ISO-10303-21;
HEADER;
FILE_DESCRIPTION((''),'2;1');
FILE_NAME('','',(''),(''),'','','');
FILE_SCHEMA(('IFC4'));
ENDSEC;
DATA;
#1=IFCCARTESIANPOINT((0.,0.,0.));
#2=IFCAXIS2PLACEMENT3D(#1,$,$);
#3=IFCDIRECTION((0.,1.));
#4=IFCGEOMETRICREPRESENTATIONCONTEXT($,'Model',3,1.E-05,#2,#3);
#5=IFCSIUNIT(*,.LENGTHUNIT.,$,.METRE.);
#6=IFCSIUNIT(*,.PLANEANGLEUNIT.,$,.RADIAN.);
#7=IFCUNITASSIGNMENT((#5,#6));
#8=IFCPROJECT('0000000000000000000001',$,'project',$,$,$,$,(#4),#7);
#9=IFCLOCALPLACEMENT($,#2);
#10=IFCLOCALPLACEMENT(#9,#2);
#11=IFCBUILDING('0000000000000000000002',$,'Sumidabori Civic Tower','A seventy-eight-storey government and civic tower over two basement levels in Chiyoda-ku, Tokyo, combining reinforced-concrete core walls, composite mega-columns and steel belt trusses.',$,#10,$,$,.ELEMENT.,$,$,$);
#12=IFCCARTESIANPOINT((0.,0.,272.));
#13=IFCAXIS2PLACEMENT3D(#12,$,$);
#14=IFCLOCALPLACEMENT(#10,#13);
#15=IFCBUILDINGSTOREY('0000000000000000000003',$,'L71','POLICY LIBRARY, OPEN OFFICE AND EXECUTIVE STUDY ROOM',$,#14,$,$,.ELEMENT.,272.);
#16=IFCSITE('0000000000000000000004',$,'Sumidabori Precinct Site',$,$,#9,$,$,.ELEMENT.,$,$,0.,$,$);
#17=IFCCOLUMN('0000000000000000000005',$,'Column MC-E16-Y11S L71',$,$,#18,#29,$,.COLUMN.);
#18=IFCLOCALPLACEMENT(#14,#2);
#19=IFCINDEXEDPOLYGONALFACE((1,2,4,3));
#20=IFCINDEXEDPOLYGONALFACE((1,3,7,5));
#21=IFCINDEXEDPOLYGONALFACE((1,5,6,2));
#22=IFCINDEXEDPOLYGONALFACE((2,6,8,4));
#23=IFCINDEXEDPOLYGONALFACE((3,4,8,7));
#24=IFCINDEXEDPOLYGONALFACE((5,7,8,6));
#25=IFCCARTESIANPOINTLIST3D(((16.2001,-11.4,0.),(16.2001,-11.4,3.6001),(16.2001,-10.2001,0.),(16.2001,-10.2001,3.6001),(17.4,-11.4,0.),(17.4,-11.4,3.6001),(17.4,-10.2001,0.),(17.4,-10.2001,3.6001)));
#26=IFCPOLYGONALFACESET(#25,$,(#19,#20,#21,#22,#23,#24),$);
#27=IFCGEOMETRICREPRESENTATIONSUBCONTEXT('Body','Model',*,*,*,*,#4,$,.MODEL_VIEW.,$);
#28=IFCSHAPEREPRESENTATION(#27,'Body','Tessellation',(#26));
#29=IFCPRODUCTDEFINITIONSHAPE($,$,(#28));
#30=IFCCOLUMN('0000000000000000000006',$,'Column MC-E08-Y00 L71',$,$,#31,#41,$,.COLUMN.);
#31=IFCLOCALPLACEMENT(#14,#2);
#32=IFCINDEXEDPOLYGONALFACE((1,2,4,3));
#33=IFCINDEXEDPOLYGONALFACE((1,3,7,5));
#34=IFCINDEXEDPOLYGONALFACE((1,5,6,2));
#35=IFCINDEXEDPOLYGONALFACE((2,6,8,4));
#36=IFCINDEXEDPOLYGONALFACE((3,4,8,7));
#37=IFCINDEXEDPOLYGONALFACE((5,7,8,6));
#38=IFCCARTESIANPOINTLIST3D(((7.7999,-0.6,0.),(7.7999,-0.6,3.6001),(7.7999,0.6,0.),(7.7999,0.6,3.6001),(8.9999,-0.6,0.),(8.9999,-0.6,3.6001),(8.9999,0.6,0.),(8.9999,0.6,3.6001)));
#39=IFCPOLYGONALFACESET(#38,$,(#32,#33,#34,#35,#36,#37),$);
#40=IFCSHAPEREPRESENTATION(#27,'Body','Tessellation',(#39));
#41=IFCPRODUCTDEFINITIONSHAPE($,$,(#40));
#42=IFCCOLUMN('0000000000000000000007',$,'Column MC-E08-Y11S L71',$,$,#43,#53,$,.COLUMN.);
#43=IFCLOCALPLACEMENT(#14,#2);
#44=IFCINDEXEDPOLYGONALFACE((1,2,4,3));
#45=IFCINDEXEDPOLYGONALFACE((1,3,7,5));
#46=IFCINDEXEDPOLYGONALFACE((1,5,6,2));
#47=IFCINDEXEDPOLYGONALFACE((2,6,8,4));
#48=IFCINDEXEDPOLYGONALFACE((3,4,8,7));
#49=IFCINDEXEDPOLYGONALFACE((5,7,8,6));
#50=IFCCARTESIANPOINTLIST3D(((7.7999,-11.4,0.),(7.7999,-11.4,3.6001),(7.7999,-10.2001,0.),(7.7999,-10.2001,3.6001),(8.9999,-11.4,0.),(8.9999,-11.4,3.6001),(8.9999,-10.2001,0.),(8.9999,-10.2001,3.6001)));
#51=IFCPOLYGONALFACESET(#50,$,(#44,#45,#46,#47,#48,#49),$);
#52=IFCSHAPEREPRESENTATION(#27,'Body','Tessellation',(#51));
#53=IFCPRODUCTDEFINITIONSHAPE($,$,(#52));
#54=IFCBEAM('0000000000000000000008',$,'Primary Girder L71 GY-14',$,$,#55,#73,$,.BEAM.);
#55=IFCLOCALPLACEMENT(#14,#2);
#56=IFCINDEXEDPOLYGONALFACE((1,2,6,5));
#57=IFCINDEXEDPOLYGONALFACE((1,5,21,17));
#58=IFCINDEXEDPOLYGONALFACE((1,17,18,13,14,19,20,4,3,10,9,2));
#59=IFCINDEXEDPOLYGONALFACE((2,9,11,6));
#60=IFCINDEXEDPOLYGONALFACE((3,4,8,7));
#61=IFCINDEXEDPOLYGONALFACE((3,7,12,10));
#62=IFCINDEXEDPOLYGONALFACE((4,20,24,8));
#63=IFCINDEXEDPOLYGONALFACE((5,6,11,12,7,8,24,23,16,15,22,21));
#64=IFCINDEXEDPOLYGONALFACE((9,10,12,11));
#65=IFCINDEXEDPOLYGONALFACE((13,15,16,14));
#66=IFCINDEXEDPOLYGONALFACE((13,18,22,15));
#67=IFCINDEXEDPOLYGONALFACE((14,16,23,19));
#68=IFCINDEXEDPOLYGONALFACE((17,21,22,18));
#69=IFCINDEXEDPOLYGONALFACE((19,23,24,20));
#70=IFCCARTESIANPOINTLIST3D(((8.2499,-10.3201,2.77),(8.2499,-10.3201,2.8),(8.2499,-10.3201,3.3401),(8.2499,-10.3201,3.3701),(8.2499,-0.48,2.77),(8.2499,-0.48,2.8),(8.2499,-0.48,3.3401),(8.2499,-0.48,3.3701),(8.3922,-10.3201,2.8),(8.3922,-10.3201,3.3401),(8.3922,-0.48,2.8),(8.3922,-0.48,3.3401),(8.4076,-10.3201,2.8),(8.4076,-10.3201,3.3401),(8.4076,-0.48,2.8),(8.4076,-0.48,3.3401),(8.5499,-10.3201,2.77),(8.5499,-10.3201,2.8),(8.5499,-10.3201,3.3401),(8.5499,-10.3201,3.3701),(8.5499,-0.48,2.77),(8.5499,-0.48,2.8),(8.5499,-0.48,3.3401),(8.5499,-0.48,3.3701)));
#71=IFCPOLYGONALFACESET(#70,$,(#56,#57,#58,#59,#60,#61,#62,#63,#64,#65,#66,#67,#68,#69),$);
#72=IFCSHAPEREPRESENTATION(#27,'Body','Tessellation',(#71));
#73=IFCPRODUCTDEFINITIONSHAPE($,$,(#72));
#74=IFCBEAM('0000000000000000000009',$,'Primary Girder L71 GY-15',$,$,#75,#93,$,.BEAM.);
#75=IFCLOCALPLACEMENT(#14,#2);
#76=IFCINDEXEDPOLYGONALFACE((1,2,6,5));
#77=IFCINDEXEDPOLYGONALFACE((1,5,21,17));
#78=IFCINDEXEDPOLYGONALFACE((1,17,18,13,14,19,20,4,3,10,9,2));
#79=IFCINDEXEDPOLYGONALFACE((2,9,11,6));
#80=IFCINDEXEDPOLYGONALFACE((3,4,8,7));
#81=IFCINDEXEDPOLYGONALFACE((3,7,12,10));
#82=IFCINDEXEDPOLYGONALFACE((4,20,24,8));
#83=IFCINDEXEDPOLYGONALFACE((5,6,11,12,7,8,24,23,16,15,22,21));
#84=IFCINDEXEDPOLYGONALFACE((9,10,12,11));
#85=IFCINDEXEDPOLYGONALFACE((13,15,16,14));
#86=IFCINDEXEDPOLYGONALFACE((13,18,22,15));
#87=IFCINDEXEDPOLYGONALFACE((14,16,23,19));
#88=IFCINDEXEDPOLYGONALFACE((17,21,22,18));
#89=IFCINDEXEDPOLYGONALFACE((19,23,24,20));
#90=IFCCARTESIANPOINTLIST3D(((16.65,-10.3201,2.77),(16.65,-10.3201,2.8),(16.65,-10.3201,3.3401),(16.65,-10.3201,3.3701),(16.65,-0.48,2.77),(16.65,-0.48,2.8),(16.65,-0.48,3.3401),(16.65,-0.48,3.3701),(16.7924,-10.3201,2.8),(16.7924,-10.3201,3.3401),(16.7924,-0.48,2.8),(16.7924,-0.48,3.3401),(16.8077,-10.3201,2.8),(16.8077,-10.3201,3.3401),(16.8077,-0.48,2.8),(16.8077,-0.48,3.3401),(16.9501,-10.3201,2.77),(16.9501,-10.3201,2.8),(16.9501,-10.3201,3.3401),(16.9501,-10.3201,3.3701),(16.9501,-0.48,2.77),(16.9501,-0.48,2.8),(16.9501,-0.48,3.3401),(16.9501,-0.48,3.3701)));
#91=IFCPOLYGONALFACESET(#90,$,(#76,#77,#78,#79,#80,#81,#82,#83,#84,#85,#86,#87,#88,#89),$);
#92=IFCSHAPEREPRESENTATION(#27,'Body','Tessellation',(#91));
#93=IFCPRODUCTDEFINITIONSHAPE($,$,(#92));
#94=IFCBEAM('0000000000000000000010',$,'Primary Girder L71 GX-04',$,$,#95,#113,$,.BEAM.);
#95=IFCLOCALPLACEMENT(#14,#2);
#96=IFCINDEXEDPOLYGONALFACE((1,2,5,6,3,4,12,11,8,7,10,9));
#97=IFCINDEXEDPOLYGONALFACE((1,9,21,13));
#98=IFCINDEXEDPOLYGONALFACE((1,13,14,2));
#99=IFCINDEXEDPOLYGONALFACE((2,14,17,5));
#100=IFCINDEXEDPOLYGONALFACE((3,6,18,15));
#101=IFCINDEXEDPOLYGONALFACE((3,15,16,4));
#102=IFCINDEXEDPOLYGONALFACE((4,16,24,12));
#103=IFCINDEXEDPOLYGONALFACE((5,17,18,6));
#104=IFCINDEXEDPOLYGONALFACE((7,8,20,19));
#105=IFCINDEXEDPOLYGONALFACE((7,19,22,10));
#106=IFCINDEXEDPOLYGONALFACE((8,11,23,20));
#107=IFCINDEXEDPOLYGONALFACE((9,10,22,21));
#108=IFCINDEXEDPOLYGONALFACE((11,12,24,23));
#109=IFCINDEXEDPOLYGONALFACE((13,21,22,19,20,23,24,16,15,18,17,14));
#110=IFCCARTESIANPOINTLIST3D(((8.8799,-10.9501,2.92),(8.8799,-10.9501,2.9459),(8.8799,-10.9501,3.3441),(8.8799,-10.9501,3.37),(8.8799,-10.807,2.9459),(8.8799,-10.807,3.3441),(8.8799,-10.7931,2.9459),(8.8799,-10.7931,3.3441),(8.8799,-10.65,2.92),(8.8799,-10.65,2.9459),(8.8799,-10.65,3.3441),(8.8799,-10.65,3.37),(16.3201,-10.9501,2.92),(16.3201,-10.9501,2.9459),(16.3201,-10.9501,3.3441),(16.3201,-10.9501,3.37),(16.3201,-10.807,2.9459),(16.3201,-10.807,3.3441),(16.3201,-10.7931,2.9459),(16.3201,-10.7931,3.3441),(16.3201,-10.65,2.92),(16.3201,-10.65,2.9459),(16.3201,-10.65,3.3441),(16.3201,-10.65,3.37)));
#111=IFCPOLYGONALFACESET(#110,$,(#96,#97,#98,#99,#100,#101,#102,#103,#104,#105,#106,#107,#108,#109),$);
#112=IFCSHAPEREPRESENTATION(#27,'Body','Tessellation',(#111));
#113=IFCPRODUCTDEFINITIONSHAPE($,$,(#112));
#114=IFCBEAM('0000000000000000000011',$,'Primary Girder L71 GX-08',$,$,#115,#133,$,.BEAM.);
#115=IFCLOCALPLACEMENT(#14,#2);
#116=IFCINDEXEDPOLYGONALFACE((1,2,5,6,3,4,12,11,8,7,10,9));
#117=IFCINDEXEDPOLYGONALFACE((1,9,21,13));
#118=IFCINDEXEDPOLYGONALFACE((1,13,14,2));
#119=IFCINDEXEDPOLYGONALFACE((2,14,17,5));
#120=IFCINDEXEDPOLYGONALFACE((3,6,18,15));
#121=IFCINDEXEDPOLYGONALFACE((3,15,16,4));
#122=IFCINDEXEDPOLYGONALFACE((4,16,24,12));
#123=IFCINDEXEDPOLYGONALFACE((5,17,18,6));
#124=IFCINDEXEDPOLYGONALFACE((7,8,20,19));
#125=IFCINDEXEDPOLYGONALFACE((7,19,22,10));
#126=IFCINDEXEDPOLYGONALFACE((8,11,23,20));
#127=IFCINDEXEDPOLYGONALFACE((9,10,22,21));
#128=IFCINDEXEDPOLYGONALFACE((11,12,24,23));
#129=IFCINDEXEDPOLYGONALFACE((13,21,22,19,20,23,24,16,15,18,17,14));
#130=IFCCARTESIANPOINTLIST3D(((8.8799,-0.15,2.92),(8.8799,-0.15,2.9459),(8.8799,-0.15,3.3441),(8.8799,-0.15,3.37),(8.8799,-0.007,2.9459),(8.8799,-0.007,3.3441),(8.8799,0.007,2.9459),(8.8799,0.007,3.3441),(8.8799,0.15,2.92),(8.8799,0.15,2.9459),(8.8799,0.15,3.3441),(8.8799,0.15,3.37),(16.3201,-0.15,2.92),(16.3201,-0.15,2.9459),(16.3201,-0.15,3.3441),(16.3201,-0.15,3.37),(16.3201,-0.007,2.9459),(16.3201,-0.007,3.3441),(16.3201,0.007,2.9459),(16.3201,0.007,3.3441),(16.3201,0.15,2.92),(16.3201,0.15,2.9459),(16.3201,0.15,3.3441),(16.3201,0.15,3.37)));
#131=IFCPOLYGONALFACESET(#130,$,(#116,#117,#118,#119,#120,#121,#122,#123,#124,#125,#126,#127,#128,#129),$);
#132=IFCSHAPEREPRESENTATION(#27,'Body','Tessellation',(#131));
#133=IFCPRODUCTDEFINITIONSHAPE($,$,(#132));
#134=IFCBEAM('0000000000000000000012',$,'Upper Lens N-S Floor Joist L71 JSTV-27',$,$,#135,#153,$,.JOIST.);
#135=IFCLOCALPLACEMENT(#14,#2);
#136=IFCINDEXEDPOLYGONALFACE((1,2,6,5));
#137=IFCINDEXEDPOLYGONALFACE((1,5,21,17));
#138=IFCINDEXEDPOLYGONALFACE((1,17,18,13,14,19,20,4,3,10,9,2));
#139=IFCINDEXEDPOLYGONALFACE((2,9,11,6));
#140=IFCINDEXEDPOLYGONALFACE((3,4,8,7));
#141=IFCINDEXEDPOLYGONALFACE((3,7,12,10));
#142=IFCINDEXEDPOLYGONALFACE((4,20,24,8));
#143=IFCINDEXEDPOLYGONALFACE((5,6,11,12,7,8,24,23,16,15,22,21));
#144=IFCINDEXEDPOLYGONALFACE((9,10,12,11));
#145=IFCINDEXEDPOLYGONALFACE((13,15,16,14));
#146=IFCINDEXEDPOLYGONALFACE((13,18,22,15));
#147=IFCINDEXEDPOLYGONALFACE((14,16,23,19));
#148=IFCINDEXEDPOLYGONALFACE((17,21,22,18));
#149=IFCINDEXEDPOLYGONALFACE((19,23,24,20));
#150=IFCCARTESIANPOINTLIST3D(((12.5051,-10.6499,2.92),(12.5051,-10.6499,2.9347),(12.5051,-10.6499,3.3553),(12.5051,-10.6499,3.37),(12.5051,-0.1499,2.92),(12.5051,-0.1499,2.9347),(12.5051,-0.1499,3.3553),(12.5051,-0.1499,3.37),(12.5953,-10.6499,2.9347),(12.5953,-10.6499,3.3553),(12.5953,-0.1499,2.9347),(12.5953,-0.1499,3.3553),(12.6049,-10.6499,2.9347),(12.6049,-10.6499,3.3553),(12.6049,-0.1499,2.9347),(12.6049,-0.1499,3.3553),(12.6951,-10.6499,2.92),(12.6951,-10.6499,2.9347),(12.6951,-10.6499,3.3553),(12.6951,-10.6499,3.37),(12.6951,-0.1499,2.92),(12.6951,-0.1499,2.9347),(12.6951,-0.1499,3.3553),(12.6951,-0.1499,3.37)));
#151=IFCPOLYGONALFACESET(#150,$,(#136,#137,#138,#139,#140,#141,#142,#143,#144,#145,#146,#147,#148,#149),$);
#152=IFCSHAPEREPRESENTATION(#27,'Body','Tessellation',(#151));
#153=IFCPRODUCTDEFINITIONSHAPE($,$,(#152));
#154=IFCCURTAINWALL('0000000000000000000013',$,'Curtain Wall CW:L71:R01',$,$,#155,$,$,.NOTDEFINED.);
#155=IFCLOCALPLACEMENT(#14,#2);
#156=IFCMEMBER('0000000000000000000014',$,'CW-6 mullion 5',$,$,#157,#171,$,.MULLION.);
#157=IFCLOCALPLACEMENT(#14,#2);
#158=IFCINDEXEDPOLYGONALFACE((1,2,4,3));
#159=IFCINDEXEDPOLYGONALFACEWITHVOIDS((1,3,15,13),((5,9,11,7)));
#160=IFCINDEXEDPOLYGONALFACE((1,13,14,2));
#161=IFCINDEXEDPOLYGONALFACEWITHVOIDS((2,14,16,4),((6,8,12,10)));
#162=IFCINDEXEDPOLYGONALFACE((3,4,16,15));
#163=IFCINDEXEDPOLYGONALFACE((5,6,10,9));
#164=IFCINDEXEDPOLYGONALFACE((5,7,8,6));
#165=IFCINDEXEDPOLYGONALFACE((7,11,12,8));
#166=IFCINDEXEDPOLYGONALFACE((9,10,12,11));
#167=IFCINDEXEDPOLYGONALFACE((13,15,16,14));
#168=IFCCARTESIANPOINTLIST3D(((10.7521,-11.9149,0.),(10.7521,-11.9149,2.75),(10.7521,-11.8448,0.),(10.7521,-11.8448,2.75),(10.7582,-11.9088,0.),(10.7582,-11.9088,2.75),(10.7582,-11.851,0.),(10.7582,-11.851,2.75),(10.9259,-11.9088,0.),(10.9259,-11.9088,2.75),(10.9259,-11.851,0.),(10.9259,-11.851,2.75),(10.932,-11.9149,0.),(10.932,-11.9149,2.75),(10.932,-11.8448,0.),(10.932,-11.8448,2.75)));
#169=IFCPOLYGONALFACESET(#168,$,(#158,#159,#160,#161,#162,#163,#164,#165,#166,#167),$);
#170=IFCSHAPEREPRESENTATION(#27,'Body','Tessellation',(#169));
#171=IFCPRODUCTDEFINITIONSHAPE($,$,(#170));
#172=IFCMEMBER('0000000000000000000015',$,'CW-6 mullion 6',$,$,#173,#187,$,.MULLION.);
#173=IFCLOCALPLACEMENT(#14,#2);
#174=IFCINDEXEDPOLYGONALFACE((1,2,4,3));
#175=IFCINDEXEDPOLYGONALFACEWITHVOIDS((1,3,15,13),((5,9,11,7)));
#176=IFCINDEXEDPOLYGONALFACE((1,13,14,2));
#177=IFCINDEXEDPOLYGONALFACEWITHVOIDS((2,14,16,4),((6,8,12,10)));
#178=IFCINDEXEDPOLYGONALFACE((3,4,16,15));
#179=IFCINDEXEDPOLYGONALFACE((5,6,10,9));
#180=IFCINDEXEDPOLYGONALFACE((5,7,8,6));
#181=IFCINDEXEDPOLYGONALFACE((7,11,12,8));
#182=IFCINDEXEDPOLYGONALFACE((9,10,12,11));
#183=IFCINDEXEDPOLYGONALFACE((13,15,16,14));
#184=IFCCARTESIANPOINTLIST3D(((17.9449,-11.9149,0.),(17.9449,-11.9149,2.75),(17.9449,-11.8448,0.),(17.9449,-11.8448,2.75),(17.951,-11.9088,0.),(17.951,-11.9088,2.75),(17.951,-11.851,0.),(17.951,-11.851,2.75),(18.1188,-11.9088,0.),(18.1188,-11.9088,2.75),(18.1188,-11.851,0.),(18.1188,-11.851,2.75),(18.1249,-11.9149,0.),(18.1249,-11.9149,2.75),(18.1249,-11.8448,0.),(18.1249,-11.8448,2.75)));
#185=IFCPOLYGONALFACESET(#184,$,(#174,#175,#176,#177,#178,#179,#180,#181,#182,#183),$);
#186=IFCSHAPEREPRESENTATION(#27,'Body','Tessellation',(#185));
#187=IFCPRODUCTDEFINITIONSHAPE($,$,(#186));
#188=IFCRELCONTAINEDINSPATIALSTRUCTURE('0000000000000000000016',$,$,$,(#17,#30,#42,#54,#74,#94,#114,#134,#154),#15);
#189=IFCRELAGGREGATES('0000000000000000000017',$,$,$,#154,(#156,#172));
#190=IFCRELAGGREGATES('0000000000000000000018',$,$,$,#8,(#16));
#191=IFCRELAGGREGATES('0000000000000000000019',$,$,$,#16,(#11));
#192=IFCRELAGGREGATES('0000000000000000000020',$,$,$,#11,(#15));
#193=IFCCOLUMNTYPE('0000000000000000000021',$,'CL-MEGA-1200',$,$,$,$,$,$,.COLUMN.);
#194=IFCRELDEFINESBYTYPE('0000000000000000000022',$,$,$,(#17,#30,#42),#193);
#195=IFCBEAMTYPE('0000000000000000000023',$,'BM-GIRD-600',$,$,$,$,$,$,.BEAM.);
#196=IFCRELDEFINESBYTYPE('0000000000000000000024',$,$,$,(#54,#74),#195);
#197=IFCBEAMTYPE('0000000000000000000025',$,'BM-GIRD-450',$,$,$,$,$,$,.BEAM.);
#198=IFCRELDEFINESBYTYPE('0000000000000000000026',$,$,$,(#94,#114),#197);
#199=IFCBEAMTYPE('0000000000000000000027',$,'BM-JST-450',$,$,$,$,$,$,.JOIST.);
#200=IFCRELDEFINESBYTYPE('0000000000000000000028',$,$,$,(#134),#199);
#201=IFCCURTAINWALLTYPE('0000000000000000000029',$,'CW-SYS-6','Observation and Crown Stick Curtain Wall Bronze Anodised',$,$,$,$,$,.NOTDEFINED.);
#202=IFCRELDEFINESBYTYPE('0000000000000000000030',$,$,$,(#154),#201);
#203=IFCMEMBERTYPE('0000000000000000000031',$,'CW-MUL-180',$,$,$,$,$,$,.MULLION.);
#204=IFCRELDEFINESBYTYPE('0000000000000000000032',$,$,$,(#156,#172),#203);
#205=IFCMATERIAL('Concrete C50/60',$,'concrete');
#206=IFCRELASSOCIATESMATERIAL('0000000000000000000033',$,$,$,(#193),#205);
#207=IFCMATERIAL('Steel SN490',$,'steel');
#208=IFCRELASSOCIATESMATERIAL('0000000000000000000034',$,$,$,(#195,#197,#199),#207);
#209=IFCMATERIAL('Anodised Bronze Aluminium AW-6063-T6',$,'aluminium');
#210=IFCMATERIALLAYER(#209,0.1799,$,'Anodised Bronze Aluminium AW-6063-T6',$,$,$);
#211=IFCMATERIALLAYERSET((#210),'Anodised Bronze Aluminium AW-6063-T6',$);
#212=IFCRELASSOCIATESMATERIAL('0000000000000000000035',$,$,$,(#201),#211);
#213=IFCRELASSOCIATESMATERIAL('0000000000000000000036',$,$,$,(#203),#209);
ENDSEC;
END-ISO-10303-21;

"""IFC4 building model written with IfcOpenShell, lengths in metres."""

from ifc_helpers import new_model, si_unit, direction, frame, origin, origin_2d, place, context, subcontext, project, spatial, rectangle, hollow_rectangle, i_section, extrude, source, transform, mapped, material, layer, layer_set, material_profile, profile_set, type_object, element, aggregate, save


model = new_model("IFC4")

# Units and contexts
model_context = context("Model", 3, precision=1e-05, world=origin(), true_north=direction((0.0, 1.0)))
body_context = subcontext(model_context, "Body", "Model", "MODEL_VIEW")
ifc_project = project(units=[si_unit("LENGTHUNIT", "METRE"), si_unit("PLANEANGLEUNIT", "RADIAN")], contexts=[model_context])

# Site, building, storey
site_placement = place(None, origin())
site = spatial("IfcSite", under=ifc_project, at=site_placement, Name="Sumidabori Precinct Site", CompositionType="ELEMENT", RefElevation=0.0)
building_placement = place(site_placement, origin())
building = spatial("IfcBuilding", under=site, at=building_placement, Name="Sumidabori Civic Tower", Description="A seventy-eight-storey government and civic tower over two basement levels in Chiyoda-ku, Tokyo, combining reinforced-concrete core walls, composite mega-columns and steel belt trusses.", CompositionType="ELEMENT")
storey_placement = place(building_placement, frame((0.0, 0.0, 272.0)))
storey = spatial("IfcBuildingStorey", under=building, at=storey_placement, Name="L71", Description="POLICY LIBRARY, OPEN OFFICE AND EXECUTIVE STUDY ROOM", CompositionType="ELEMENT", Elevation=272.0)

# Columns
ifc_material_1 = material(Name="Concrete C50/60", Category="concrete")
ifc_material_profile_1 = material_profile(ifc_material_1, rectangle(XDim=1.2, YDim=1.2, at=origin_2d()), Name="RC 1200x1200")
ifc_profile_set_1 = profile_set([ifc_material_profile_1], Name="Concrete C50/60")
column_type = type_object("IfcColumnType", Name="CL-MEGA-1200", PredefinedType="COLUMN", material=ifc_profile_set_1)
shared_shape_1 = source(origin(), body_context, "Body", "SweptSolid", [
    extrude(rectangle(XDim=1.2, YDim=1.2, at=origin_2d()), origin(), (0.0, 0.0, 1.0), 3.6001),
])
for number, where, z_axis, x_axis, name in (
    (1, (16.8, -10.8, 0.0), (0.0, 0.0, 1.0), (1.0, 0.0, 0.0), "Column MC-E16-Y11S L71"),
    (2, (8.3999, 0.0, 0.0), (0.0, 0.0, 1.0), (1.0, 0.0, 0.0), "Column MC-E08-Y00 L71"),
    (3, (8.3999, -10.8, 0.0), (0.0, 0.0, 1.0), (1.0, 0.0, 0.0), "Column MC-E08-Y11S L71"),
):
    element("IfcColumn", number, at=place(storey_placement, frame(where, z_axis=z_axis, x_axis=x_axis)), inside=storey, type_object=column_type, Name=name, PredefinedType="COLUMN", context=body_context, shape_type="MappedRepresentation", body=[
        mapped(shared_shape_1, transform((0.0, 0.0, 0.0), x_axis=(1.0, 0.0, 0.0), y_axis=(0.0, 1.0, 0.0), z_axis=(0.0, 0.0, 1.0), scale=1.0)),
    ])

# Beams
ifc_material_2 = material(Name="Steel SN490", Category="steel")
ifc_material_profile_2 = material_profile(ifc_material_2, i_section(OverallWidth=0.3, OverallDepth=0.6001, WebThickness=0.0154, FlangeThickness=0.03, at=origin_2d()), Name="HE 600 B")
ifc_profile_set_2 = profile_set([ifc_material_profile_2], Name="Steel SN490")
beam_type_1 = type_object("IfcBeamType", Name="BM-GIRD-600", PredefinedType="BEAM", material=ifc_profile_set_2)
shared_shape_2 = source(origin(), body_context, "Body", "SweptSolid", [
    extrude(i_section(OverallWidth=0.3, OverallDepth=0.6001, WebThickness=0.0154, FlangeThickness=0.03, at=origin_2d()), origin(), (0.0, 0.0, 1.0), 9.8401),
])
for number, where, z_axis, x_axis, name in (
    (4, (8.3999, -10.3201, 3.0701), (0.0, 1.0, 0.0), (-1.0, 0.0, 0.0), "Primary Girder L71 GY-14"),
    (5, (16.8, -10.3201, 3.0701), (0.0, 1.0, 0.0), (-1.0, 0.0, 0.0), "Primary Girder L71 GY-15"),
):
    element("IfcBeam", number, at=place(storey_placement, frame(where, z_axis=z_axis, x_axis=x_axis)), inside=storey, type_object=beam_type_1, Name=name, PredefinedType="BEAM", context=body_context, shape_type="MappedRepresentation", body=[
        mapped(shared_shape_2, transform((0.0, 0.0, 0.0), x_axis=(1.0, 0.0, 0.0), y_axis=(0.0, 1.0, 0.0), z_axis=(0.0, 0.0, 1.0), scale=1.0)),
    ])
ifc_material_profile_3 = material_profile(ifc_material_2, i_section(OverallWidth=0.3, OverallDepth=0.45, WebThickness=0.0139, FlangeThickness=0.0259, at=origin_2d()), Name="HE 450 B")
ifc_profile_set_3 = profile_set([ifc_material_profile_3], Name="Steel SN490")
beam_type_2 = type_object("IfcBeamType", Name="BM-GIRD-450", PredefinedType="BEAM", material=ifc_profile_set_3)
shared_shape_3 = source(origin(), body_context, "Body", "SweptSolid", [
    extrude(i_section(OverallWidth=0.3, OverallDepth=0.45, WebThickness=0.0139, FlangeThickness=0.0259, at=origin_2d()), origin(), (0.0, 0.0, 1.0), 7.4402),
])
for number, where, z_axis, x_axis, name in (
    (6, (8.8799, -10.8, 3.145), (1.0, 0.0, 0.0), (0.0, 1.0, 0.0), "Primary Girder L71 GX-04"),
    (7, (8.8799, 0.0, 3.145), (1.0, 0.0, 0.0), (0.0, 1.0, 0.0), "Primary Girder L71 GX-08"),
):
    element("IfcBeam", number, at=place(storey_placement, frame(where, z_axis=z_axis, x_axis=x_axis)), inside=storey, type_object=beam_type_2, Name=name, PredefinedType="BEAM", context=body_context, shape_type="MappedRepresentation", body=[
        mapped(shared_shape_3, transform((0.0, 0.0, 0.0), x_axis=(1.0, 0.0, 0.0), y_axis=(0.0, 1.0, 0.0), z_axis=(0.0, 0.0, 1.0), scale=1.0)),
    ])
ifc_material_profile_4 = material_profile(ifc_material_2, i_section(OverallWidth=0.1899, OverallDepth=0.45, WebThickness=0.0095, FlangeThickness=0.0146, at=origin_2d()), Name="IPE 450")
ifc_profile_set_4 = profile_set([ifc_material_profile_4], Name="Steel SN490")
beam_type_3 = type_object("IfcBeamType", Name="BM-JST-450", PredefinedType="JOIST", material=ifc_profile_set_4)
shared_shape_4 = source(origin(), body_context, "Body", "SweptSolid", [
    extrude(i_section(OverallWidth=0.1899, OverallDepth=0.45, WebThickness=0.0095, FlangeThickness=0.0146, at=origin_2d()), origin(), (0.0, 0.0, 1.0), 10.5),
])
beam_placement = place(storey_placement, frame((12.6001, -10.6499, 3.145), z_axis=(0.0, 1.0, 0.0), x_axis=(-1.0, 0.0, 0.0)))
element("IfcBeam", 8, at=beam_placement, inside=storey, type_object=beam_type_3, Name="Upper Lens N-S Floor Joist L71 JSTV-27", PredefinedType="JOIST", context=body_context, shape_type="MappedRepresentation", body=[
    mapped(shared_shape_4, transform((0.0, 0.0, 0.0), x_axis=(1.0, 0.0, 0.0), y_axis=(0.0, 1.0, 0.0), z_axis=(0.0, 0.0, 1.0), scale=1.0)),
])

# Curtain wall, members
ifc_material_3 = material(Name="Anodised Bronze Aluminium AW-6063-T6", Category="aluminium")
ifc_layer_1 = layer(ifc_material_3, 0.1799, Name="Anodised Bronze Aluminium AW-6063-T6")
ifc_layer_set_1 = layer_set([ifc_layer_1], Name="Anodised Bronze Aluminium AW-6063-T6")
curtain_wall_type = type_object("IfcCurtainWallType", Name="CW-SYS-6", Description="Observation and Crown Stick Curtain Wall Bronze Anodised", PredefinedType="NOTDEFINED", material=ifc_layer_set_1)
curtain_wall_1_placement = place(storey_placement, origin())
curtain_wall_1 = element("IfcCurtainWall", 9, at=curtain_wall_1_placement, inside=storey, type_object=curtain_wall_type, Name="Curtain Wall CW:L71:R01", PredefinedType="NOTDEFINED")
ifc_material_profile_5 = material_profile(ifc_material_3, hollow_rectangle(XDim=0.0701, YDim=0.1799, WallThickness=0.0061, at=origin_2d()), Name="ALU MULLION 180x70")
ifc_profile_set_5 = profile_set([ifc_material_profile_5], Name="Anodised Bronze Aluminium AW-6063-T6")
member_type_1 = type_object("IfcMemberType", Name="CW-MUL-180", PredefinedType="MULLION", material=ifc_profile_set_5)
shared_shape_5 = source(origin(), body_context, "Body", "SweptSolid", [
    extrude(hollow_rectangle(XDim=0.0701, YDim=0.1799, WallThickness=0.0061, at=origin_2d()), origin(), (0.0, 0.0, 1.0), 2.75),
])
member_1_placement = place(storey_placement, frame((10.842, -11.8799, 0.0), z_axis=(0.0, 0.0, 1.0), x_axis=(0.0, 1.0, 0.0)))
member_1 = element("IfcMember", 10, at=member_1_placement, type_object=member_type_1, Name="CW-6 mullion 5", PredefinedType="MULLION", context=body_context, shape_type="MappedRepresentation", body=[
    mapped(shared_shape_5, transform((0.0, 0.0, 0.0), x_axis=(1.0, 0.0, 0.0), y_axis=(0.0, 1.0, 0.0), z_axis=(0.0, 0.0, 1.0), scale=1.0)),
])
member_2_placement = place(storey_placement, frame((18.0349, -11.8799, 0.0), z_axis=(0.0, 0.0, 1.0), x_axis=(0.0, 1.0, 0.0)))
member_2 = element("IfcMember", 11, at=member_2_placement, type_object=member_type_1, Name="CW-6 mullion 6", PredefinedType="MULLION", context=body_context, shape_type="MappedRepresentation", body=[
    mapped(shared_shape_5, transform((0.0, 0.0, 0.0), x_axis=(1.0, 0.0, 0.0), y_axis=(0.0, 1.0, 0.0), z_axis=(0.0, 0.0, 1.0), scale=1.0)),
])

aggregate(curtain_wall_1, [member_1, member_2])

save(model, "model.ifc")
